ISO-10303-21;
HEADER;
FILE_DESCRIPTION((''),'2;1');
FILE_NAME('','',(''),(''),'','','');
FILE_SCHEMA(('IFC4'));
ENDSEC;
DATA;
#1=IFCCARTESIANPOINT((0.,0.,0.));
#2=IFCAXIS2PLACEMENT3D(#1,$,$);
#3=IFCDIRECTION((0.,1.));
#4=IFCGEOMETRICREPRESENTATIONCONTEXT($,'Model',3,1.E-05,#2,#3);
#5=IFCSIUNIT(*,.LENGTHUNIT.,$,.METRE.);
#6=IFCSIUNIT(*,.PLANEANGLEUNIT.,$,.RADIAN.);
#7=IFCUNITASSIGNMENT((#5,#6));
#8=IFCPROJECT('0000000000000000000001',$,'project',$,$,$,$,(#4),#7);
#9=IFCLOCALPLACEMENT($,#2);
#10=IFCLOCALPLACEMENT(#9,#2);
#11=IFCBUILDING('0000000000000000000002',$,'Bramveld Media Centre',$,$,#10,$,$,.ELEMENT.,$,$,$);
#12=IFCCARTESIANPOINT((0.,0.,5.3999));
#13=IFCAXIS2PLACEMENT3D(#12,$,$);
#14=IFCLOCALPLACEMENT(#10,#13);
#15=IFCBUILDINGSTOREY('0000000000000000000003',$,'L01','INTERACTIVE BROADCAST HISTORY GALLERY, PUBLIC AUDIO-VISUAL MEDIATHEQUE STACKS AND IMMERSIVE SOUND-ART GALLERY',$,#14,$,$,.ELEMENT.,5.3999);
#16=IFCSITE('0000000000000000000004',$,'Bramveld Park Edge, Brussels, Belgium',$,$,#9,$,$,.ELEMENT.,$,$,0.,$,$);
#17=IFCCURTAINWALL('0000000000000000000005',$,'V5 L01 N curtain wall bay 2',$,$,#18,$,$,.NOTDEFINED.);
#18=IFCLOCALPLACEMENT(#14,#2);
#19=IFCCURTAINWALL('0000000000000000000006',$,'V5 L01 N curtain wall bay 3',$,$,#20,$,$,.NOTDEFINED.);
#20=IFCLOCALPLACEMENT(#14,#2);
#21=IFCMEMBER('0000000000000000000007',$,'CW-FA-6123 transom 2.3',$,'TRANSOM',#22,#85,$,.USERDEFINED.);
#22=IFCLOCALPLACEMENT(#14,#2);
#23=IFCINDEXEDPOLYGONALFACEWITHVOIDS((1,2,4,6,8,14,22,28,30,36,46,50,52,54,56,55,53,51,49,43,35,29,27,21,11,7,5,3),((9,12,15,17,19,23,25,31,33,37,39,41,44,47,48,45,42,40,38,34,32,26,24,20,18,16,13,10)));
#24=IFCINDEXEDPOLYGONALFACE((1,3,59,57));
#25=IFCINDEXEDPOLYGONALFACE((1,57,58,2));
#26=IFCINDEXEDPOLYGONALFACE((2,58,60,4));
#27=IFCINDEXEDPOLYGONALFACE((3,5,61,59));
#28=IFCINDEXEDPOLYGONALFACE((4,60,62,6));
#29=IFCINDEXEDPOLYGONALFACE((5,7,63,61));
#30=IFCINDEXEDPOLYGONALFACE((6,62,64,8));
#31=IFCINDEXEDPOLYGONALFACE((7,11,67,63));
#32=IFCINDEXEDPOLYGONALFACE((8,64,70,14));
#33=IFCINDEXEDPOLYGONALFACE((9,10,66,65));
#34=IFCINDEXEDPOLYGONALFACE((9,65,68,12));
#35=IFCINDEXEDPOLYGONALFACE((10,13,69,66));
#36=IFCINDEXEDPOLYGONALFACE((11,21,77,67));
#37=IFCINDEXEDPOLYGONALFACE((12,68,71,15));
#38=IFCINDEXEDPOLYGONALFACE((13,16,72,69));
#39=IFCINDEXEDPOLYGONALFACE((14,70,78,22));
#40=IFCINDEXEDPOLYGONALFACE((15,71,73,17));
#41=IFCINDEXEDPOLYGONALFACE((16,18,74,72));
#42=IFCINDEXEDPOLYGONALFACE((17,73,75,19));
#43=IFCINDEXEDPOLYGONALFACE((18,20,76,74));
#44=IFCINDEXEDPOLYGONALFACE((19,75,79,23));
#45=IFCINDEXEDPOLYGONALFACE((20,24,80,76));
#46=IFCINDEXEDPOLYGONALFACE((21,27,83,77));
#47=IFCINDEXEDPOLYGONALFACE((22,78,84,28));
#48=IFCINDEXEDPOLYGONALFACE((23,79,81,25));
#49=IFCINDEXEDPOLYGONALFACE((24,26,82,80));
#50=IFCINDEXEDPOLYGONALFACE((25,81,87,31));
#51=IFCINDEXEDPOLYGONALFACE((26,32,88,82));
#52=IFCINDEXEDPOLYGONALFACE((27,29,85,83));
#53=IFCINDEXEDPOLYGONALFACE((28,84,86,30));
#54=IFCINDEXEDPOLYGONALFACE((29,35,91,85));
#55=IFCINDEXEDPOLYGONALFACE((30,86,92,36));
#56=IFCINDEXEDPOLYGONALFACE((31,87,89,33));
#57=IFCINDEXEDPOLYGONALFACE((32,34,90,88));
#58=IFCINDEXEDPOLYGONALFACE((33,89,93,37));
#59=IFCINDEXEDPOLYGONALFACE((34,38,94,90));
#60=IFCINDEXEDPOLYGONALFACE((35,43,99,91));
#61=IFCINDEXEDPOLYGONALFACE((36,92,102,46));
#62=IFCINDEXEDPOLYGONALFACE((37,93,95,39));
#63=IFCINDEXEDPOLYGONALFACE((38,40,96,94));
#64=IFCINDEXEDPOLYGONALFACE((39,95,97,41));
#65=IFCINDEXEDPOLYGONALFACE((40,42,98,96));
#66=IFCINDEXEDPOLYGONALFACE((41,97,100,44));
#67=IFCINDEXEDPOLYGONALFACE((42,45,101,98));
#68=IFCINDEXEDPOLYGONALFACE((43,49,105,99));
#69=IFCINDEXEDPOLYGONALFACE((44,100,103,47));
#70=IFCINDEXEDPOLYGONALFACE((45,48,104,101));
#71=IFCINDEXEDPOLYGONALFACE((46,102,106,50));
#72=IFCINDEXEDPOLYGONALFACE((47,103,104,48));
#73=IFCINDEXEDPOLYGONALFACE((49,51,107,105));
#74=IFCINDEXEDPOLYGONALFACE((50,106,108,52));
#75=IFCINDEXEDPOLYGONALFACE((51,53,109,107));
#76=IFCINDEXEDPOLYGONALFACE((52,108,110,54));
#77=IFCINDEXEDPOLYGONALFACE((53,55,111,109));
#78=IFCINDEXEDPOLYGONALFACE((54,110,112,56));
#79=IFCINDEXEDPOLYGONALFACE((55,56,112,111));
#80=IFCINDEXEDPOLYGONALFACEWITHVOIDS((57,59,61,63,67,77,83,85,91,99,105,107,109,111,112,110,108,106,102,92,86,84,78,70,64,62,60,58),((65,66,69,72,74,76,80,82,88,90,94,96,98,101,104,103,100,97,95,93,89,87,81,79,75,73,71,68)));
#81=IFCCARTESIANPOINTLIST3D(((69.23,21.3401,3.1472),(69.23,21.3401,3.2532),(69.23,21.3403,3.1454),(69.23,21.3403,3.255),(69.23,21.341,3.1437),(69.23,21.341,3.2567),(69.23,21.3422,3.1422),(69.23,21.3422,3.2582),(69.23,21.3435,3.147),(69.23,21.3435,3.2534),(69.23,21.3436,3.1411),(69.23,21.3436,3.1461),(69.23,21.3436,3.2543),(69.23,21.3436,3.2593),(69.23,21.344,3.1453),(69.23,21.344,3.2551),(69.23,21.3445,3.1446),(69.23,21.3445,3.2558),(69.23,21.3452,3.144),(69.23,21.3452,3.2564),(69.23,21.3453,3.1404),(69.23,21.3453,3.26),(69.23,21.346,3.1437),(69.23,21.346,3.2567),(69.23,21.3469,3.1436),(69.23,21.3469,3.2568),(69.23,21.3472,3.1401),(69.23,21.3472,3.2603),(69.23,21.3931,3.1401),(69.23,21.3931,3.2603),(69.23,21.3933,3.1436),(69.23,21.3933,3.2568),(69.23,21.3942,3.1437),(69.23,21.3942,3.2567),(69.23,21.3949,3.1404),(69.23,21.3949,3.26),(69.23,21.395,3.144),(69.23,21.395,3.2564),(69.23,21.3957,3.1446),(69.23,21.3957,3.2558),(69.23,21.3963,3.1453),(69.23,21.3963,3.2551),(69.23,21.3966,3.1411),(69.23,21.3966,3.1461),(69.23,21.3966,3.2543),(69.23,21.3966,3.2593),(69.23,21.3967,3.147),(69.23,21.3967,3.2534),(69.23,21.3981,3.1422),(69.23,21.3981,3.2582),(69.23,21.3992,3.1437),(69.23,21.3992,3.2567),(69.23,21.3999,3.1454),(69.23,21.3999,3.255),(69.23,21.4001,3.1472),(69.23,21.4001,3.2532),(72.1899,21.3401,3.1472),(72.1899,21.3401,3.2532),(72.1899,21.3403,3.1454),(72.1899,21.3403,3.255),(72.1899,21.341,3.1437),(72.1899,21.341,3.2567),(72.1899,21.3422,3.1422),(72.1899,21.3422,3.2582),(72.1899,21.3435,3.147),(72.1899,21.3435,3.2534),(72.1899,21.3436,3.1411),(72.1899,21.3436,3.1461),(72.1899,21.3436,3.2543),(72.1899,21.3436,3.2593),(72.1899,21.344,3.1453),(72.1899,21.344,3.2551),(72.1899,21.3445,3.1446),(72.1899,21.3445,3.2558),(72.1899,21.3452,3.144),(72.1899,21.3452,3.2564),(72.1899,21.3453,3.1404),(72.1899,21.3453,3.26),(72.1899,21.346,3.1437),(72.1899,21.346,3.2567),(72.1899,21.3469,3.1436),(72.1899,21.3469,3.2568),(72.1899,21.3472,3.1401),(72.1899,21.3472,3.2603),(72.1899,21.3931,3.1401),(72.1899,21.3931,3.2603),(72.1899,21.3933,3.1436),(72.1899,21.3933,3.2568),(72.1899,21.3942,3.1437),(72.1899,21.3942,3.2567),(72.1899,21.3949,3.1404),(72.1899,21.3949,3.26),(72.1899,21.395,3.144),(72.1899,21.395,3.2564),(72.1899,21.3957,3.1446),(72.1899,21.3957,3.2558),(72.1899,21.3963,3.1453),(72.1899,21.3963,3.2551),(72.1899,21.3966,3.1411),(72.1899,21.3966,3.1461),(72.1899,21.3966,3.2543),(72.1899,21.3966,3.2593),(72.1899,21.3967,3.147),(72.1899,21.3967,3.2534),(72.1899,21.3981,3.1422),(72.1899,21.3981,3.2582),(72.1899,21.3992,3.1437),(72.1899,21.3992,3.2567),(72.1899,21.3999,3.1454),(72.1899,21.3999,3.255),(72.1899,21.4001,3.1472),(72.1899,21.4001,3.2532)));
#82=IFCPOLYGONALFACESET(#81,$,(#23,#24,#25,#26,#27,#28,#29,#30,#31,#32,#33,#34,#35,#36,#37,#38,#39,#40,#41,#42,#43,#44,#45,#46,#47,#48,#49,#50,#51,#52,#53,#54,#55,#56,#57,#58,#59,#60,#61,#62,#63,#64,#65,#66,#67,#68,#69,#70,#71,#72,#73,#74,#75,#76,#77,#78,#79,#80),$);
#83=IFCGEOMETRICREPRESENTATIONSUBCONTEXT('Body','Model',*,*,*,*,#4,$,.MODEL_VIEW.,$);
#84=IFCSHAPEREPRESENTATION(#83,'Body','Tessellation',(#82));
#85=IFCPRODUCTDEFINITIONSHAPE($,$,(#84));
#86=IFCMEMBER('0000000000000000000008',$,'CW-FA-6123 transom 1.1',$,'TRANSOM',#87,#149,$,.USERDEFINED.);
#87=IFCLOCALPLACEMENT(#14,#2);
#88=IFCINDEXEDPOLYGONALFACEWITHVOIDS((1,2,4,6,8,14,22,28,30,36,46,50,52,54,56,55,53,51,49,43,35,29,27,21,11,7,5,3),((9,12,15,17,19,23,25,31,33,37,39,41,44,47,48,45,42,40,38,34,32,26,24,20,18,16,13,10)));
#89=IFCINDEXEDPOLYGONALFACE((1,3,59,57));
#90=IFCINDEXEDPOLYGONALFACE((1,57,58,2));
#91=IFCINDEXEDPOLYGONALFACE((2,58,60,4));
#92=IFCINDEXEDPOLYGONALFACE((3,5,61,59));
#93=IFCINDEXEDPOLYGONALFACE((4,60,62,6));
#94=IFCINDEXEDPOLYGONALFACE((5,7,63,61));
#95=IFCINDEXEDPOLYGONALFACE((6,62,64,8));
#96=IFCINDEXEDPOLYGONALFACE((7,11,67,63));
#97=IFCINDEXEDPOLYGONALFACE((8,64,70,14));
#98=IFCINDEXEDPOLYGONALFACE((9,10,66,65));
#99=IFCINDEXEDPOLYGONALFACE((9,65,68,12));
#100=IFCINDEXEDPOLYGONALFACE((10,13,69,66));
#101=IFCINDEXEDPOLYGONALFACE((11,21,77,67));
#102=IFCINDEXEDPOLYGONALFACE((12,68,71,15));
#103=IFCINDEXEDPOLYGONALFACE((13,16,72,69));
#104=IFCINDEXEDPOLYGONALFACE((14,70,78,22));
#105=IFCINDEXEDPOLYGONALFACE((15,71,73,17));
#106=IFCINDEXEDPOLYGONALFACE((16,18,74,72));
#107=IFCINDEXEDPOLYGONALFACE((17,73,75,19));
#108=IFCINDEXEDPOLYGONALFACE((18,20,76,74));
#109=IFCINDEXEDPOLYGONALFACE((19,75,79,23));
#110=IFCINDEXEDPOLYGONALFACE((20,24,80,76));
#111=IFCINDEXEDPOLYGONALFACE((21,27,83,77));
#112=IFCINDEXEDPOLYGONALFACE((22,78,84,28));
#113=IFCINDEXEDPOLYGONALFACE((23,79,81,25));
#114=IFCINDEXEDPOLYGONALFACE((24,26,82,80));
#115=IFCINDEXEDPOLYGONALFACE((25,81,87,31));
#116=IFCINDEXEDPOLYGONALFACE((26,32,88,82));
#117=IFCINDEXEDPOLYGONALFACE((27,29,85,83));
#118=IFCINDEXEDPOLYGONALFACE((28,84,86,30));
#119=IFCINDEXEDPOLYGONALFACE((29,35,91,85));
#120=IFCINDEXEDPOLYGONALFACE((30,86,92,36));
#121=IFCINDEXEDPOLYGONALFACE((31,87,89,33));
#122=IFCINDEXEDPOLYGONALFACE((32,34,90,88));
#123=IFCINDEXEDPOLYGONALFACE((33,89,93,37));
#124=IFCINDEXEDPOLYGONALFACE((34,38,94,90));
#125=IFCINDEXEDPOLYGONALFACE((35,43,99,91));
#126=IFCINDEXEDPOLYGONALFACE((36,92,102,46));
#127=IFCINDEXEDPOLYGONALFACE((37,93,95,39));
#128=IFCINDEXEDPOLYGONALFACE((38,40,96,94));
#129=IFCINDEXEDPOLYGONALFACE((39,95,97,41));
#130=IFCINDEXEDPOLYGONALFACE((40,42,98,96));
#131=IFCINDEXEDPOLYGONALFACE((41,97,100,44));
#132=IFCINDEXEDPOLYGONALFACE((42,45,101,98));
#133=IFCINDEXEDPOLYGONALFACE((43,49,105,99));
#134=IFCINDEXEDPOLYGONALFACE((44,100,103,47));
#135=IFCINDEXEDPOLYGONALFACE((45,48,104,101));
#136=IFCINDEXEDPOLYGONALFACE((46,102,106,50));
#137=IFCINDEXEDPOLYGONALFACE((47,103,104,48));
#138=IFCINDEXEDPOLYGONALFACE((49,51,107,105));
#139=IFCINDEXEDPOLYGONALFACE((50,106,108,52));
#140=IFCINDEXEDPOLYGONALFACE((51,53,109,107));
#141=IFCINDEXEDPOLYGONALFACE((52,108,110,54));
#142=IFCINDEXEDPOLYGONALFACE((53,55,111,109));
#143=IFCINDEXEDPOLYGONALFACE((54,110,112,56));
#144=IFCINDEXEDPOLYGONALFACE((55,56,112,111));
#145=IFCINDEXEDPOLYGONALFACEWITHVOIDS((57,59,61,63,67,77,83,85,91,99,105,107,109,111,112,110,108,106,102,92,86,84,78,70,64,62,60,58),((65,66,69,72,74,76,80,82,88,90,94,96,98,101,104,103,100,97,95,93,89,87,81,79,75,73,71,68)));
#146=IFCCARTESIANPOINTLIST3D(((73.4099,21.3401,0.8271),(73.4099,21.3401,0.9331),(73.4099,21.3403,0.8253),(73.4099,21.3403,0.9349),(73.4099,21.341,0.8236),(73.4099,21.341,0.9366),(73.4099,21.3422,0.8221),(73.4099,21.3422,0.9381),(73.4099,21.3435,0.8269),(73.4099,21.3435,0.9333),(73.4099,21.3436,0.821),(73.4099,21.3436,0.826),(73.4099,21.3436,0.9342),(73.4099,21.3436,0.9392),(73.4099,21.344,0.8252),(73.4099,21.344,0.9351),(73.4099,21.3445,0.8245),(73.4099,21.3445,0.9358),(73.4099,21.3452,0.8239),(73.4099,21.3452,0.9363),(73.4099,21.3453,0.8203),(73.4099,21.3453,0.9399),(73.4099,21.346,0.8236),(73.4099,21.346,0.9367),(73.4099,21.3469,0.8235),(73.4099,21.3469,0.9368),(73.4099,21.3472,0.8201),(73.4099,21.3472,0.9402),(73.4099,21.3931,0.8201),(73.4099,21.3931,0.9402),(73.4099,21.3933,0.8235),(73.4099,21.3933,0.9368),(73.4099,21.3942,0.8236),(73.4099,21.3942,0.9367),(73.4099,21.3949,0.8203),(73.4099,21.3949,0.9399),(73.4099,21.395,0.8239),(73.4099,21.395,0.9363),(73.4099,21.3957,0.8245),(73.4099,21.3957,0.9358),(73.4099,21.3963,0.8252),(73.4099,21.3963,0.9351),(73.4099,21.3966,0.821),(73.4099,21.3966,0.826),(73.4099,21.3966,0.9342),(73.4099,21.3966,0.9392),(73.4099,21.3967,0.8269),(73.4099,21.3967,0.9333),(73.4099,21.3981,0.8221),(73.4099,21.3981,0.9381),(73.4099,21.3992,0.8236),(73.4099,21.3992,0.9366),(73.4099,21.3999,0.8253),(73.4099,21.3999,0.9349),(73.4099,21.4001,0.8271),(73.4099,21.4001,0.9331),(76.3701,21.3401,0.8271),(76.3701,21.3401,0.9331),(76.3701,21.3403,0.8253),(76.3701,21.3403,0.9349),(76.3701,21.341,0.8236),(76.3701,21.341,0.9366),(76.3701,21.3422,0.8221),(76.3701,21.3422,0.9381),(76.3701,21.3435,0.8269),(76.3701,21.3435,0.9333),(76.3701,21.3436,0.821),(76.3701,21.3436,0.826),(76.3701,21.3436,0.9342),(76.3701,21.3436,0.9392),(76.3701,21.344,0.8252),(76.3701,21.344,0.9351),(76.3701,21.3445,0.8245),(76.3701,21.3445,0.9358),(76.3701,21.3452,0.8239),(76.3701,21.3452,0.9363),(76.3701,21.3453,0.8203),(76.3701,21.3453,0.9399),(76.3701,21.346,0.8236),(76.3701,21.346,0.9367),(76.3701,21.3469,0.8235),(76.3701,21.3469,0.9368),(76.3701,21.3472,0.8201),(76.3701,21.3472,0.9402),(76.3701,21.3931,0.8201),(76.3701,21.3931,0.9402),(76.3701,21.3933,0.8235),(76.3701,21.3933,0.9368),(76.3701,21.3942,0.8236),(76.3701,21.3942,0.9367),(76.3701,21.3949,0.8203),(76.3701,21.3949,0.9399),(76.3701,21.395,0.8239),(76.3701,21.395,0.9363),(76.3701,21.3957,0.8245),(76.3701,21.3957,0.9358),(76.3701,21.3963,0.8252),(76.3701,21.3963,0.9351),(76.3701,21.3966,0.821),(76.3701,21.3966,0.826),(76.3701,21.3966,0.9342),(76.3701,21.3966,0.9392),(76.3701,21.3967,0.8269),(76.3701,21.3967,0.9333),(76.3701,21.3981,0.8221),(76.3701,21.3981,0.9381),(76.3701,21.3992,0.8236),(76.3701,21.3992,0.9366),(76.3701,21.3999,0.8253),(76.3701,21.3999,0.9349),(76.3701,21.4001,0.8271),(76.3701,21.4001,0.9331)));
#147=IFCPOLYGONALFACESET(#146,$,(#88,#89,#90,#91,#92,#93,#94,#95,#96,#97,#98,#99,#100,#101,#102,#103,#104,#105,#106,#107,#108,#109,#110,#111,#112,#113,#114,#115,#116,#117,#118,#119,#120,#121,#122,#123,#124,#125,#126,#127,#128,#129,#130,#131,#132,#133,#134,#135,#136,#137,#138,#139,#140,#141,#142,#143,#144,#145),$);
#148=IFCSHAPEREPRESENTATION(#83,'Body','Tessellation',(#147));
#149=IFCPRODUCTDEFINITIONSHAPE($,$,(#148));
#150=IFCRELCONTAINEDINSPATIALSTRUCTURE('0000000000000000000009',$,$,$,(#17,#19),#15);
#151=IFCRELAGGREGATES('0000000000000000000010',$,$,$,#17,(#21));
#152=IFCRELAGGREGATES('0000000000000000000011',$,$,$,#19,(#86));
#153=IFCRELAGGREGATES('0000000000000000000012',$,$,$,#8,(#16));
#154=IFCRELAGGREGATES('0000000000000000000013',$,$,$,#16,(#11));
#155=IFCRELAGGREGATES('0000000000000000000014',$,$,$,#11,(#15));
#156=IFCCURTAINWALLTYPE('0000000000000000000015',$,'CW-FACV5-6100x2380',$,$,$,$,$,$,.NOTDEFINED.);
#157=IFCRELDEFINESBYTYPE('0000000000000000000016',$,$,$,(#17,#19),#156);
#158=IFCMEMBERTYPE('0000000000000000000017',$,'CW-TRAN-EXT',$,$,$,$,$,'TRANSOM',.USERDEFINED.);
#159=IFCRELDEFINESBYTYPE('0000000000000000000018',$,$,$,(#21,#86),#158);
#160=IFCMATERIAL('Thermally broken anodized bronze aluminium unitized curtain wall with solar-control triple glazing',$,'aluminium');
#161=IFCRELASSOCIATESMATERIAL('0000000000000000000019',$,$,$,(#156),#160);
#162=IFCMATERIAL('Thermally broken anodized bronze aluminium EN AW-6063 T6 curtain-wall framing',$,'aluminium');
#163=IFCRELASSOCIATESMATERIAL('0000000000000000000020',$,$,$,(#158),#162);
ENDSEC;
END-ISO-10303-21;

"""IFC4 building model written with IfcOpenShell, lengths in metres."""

from ifc_helpers import new_model, si_unit, direction, frame, origin, origin_2d, place, context, subcontext, project, spatial, hollow_rectangle, extrude, material, material_profile, profile_set, type_object, element, aggregate, save


model = new_model("IFC4")

# Units and contexts
model_context = context("Model", 3, precision=1e-05, world=origin(), true_north=direction((0.0, 1.0)))
body_context = subcontext(model_context, "Body", "Model", "MODEL_VIEW")
ifc_project = project(units=[si_unit("LENGTHUNIT", "METRE"), si_unit("PLANEANGLEUNIT", "RADIAN")], contexts=[model_context])

# Site, building, storey
site_placement = place(None, origin())
site = spatial("IfcSite", under=ifc_project, at=site_placement, Name="Bramveld Park Edge, Brussels, Belgium", CompositionType="ELEMENT", RefElevation=0.0)
building_placement = place(site_placement, origin())
building = spatial("IfcBuilding", under=site, at=building_placement, Name="Bramveld Media Centre", CompositionType="ELEMENT")
storey_placement = place(building_placement, frame((0.0, 0.0, 5.3999)))
storey = spatial("IfcBuildingStorey", under=building, at=storey_placement, Name="L01", Description="INTERACTIVE BROADCAST HISTORY GALLERY, PUBLIC AUDIO-VISUAL MEDIATHEQUE STACKS AND IMMERSIVE SOUND-ART GALLERY", CompositionType="ELEMENT", Elevation=5.3999)

# Curtain wall
ifc_material_1 = material(Name="Thermally broken anodized bronze aluminium unitized curtain wall with solar-control triple glazing", Category="aluminium")
curtain_wall_type = type_object("IfcCurtainWallType", Name="CW-FACV5-6100x2380", PredefinedType="NOTDEFINED", material=ifc_material_1)
curtain_wall_1_placement = place(storey_placement, origin())
curtain_wall_1 = element("IfcCurtainWall", 1, at=curtain_wall_1_placement, inside=storey, type_object=curtain_wall_type, Name="V5 L01 N curtain wall bay 2", PredefinedType="NOTDEFINED")

# Curtain wall
curtain_wall_2_placement = place(storey_placement, origin())
curtain_wall_2 = element("IfcCurtainWall", 2, at=curtain_wall_2_placement, inside=storey, type_object=curtain_wall_type, Name="V5 L01 N curtain wall bay 3", PredefinedType="NOTDEFINED")

# Members
ifc_material_2 = material(Name="Thermally broken anodized bronze aluminium EN AW-6063 T6 curtain-wall framing", Category="aluminium")
ifc_material_profile_1 = material_profile(ifc_material_2, hollow_rectangle(XDim=0.0601, YDim=0.1201, WallThickness=0.0034, InnerFilletRadius=0.0034, OuterFilletRadius=0.0071, at=origin_2d()), Name="AL-TRAN 60x120")
ifc_profile_set_1 = profile_set([ifc_material_profile_1], Name="Thermally broken anodized bronze aluminium EN AW-6063 T6 curtain-wall framing")
member_type_1 = type_object("IfcMemberType", Name="CW-TRAN-EXT", ElementType="TRANSOM", PredefinedType="USERDEFINED", material=ifc_profile_set_1)
member_1_placement = place(storey_placement, frame((69.23, 21.3701, 3.2002), z_axis=(1.0, 0.0, 0.0), x_axis=(0.0, 1.0, 0.0)))
member_1 = element("IfcMember", 3, at=member_1_placement, type_object=member_type_1, Name="CW-FA-6123 transom 2.3", ObjectType="TRANSOM", PredefinedType="USERDEFINED", context=body_context, shape_type="SweptSolid", body=[
    extrude(hollow_rectangle(XDim=0.0601, YDim=0.1201, WallThickness=0.0034, InnerFilletRadius=0.0034, OuterFilletRadius=0.0071, at=origin_2d()), origin(), (0.0, 0.0, 1.0), 2.96),
])
member_2_placement = place(storey_placement, frame((73.4099, 21.3701, 0.8801), z_axis=(1.0, 0.0, 0.0), x_axis=(0.0, 1.0, 0.0)))
member_2 = element("IfcMember", 4, at=member_2_placement, type_object=member_type_1, Name="CW-FA-6123 transom 1.1", ObjectType="TRANSOM", PredefinedType="USERDEFINED", context=body_context, shape_type="SweptSolid", body=[
    extrude(hollow_rectangle(XDim=0.0601, YDim=0.1201, WallThickness=0.0034, InnerFilletRadius=0.0034, OuterFilletRadius=0.0071, at=origin_2d()), origin(), (0.0, 0.0, 1.0), 2.9602),
])

aggregate(curtain_wall_1, [member_1])
aggregate(curtain_wall_2, [member_2])

save(model, "model.ifc")
